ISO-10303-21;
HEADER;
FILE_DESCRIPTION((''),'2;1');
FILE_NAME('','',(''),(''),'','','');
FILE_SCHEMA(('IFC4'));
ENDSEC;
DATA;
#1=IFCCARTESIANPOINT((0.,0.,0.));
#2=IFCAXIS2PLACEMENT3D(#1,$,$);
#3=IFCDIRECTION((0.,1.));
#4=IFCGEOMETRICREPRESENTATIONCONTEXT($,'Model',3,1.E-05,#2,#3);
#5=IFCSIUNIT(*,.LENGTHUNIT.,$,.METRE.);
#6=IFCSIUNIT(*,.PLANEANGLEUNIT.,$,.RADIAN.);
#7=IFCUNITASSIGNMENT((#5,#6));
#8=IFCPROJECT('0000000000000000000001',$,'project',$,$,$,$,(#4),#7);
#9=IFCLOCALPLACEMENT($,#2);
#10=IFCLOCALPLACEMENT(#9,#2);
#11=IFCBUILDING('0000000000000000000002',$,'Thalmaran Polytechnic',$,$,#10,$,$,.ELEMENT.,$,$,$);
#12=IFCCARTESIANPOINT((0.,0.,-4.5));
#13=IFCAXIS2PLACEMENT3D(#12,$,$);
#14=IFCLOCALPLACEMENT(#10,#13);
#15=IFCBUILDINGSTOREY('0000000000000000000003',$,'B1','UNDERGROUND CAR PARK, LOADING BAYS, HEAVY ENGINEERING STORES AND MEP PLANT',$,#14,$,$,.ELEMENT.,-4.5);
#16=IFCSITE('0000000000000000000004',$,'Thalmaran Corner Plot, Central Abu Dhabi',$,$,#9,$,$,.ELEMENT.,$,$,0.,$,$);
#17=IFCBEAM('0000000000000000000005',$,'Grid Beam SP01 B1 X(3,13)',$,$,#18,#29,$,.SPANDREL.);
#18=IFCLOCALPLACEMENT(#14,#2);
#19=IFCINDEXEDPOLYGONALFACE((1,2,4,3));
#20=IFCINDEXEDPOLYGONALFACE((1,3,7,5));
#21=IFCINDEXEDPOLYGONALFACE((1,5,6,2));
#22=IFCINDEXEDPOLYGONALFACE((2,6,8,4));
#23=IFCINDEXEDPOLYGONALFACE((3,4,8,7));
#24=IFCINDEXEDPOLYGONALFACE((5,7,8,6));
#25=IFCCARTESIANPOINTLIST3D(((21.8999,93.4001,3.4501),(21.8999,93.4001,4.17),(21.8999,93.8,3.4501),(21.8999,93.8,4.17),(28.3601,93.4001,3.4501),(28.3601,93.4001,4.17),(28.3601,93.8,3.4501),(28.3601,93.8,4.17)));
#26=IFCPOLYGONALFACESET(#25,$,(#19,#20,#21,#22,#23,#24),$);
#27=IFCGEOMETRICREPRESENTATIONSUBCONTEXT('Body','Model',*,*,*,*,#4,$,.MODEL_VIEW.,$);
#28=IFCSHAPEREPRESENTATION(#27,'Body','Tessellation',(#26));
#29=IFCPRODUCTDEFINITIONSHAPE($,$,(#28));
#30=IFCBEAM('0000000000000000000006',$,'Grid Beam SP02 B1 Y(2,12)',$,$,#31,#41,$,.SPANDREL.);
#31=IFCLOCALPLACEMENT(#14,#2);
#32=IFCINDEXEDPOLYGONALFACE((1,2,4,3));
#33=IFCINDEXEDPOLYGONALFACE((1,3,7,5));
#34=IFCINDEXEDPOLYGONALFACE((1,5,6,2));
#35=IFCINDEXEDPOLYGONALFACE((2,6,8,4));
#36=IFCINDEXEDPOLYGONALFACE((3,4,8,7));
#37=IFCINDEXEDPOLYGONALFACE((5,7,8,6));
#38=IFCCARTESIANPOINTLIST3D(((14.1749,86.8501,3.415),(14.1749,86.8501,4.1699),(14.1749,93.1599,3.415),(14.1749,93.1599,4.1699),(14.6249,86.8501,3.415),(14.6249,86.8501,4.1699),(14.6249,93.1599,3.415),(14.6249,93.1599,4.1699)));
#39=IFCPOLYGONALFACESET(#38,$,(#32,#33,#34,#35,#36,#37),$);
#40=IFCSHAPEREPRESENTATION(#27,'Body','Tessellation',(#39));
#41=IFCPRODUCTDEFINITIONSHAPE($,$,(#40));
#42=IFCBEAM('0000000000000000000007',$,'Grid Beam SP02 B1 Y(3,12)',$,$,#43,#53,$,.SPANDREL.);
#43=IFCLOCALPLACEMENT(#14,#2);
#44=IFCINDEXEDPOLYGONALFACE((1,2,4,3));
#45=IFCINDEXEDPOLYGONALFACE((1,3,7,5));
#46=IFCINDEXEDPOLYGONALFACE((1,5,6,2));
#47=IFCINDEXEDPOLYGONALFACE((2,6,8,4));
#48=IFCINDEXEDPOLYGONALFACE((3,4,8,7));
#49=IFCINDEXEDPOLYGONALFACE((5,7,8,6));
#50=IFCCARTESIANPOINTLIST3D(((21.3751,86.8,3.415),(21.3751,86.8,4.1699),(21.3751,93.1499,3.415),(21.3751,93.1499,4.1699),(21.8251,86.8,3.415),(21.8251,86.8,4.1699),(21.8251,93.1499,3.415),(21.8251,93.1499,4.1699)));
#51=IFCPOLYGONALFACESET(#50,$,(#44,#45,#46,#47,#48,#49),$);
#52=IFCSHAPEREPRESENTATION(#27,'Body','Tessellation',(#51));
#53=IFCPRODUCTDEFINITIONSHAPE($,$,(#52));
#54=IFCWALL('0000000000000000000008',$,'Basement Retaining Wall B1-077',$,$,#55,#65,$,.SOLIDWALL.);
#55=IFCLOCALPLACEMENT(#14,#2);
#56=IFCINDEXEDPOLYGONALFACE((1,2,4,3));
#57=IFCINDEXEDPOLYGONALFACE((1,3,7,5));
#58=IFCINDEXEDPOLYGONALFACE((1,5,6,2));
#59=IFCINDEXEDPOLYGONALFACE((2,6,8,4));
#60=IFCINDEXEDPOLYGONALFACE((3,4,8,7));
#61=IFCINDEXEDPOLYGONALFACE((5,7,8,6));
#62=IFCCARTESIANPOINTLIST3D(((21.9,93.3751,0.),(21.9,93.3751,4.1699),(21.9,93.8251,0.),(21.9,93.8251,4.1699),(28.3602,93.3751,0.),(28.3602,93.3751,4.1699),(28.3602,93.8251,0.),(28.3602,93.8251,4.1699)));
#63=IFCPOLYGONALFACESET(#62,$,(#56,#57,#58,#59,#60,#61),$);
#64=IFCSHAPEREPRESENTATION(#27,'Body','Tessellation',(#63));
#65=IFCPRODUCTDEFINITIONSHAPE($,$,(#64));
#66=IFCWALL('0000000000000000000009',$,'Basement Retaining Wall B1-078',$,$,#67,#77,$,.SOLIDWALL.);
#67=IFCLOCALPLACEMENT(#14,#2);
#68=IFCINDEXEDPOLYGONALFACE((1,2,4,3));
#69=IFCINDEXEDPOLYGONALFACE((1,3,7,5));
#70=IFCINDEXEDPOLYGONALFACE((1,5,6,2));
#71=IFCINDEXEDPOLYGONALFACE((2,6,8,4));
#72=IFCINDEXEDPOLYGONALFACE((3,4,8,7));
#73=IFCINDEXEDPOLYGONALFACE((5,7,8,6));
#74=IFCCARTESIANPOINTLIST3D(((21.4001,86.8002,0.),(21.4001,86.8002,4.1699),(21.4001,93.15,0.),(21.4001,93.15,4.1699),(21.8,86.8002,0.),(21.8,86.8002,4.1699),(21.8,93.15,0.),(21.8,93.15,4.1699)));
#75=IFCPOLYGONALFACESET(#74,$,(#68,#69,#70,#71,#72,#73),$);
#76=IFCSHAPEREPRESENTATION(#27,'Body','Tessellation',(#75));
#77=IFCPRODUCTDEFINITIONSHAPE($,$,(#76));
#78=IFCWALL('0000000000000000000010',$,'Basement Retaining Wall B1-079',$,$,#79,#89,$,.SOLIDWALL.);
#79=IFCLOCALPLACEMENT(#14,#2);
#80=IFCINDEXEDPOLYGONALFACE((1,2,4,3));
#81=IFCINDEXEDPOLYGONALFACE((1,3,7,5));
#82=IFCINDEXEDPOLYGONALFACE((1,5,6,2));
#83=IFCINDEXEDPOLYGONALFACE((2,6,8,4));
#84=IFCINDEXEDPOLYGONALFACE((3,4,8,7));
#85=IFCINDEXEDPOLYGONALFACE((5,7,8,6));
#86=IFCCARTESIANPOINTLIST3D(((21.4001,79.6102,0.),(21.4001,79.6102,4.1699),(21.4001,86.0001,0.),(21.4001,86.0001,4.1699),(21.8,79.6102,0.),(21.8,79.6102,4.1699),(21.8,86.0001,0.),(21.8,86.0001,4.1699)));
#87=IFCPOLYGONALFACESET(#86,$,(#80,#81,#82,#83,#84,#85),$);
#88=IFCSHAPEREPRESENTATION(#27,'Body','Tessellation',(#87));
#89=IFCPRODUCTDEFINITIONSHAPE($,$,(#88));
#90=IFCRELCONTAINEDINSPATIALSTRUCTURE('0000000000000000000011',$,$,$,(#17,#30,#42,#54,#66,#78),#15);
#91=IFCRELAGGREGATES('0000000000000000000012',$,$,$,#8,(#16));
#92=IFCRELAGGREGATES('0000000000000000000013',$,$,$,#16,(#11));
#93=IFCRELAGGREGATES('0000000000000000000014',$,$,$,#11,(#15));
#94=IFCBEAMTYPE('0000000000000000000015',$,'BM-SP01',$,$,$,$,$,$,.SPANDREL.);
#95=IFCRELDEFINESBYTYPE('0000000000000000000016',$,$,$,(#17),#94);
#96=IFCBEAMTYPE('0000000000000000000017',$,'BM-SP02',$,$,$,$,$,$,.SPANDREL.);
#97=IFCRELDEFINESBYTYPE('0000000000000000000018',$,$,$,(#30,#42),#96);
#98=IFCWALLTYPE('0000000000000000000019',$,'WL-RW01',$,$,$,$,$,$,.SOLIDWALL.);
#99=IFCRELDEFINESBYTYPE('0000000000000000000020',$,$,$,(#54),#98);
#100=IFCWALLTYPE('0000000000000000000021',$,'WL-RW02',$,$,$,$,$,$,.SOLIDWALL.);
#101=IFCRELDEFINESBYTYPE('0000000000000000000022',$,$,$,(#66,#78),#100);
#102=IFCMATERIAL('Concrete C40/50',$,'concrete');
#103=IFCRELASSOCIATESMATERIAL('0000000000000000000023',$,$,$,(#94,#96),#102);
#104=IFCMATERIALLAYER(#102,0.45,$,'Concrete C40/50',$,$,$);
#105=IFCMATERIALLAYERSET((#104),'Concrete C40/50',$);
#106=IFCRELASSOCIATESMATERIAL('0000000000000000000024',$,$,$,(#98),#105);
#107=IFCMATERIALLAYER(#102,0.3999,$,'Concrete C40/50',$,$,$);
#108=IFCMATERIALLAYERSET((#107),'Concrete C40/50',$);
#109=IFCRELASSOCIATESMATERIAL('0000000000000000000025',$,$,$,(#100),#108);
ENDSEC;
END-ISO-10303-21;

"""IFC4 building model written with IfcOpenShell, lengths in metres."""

from ifc_helpers import new_model, si_unit, direction, frame, frame_2d, origin, origin_2d, place, context, subcontext, project, spatial, rectangle, extrude, material, layer, layer_set, material_profile, profile_set, type_object, element, save


model = new_model("IFC4")

# Units and contexts
model_context = context("Model", 3, precision=1e-05, world=origin(), true_north=direction((0.0, 1.0)))
body_context = subcontext(model_context, "Body", "Model", "MODEL_VIEW")
ifc_project = project(units=[si_unit("LENGTHUNIT", "METRE"), si_unit("PLANEANGLEUNIT", "RADIAN")], contexts=[model_context])

# Site, building, storey
site_placement = place(None, origin())
site = spatial("IfcSite", under=ifc_project, at=site_placement, Name="Thalmaran Corner Plot, Central Abu Dhabi", CompositionType="ELEMENT", RefElevation=0.0)
building_placement = place(site_placement, origin())
building = spatial("IfcBuilding", under=site, at=building_placement, Name="Thalmaran Polytechnic", CompositionType="ELEMENT")
storey_placement = place(building_placement, frame((0.0, 0.0, -4.5)))
storey = spatial("IfcBuildingStorey", under=building, at=storey_placement, Name="B1", Description="UNDERGROUND CAR PARK, LOADING BAYS, HEAVY ENGINEERING STORES AND MEP PLANT", CompositionType="ELEMENT", Elevation=-4.5)

# Shared definitions
ifc_material_1 = material(Name="Concrete C40/50", Category="concrete")

# Beams
ifc_material_profile_1 = material_profile(ifc_material_1, rectangle(XDim=0.3999, YDim=0.72, at=origin_2d()), Name="RC 400x720")
ifc_profile_set_1 = profile_set([ifc_material_profile_1], Name="Concrete C40/50")
beam_type_1 = type_object("IfcBeamType", Name="BM-SP01", PredefinedType="SPANDREL", material=ifc_profile_set_1)
beam_1_placement = place(storey_placement, frame((21.8999, 93.6001, 3.8101), z_axis=(1.0, 0.0, 0.0), x_axis=(0.0, 1.0, 0.0)))
element("IfcBeam", 1, at=beam_1_placement, inside=storey, type_object=beam_type_1, Name="Grid Beam SP01 B1 X(3,13)", PredefinedType="SPANDREL", context=body_context, shape_type="SweptSolid", body=[
    extrude(rectangle(XDim=0.3999, YDim=0.72, at=origin_2d()), origin(), (0.0, 0.0, 1.0), 6.4602),
])
ifc_material_profile_2 = material_profile(ifc_material_1, rectangle(XDim=0.45, YDim=0.7549, at=origin_2d()), Name="RC 450x755")
ifc_profile_set_2 = profile_set([ifc_material_profile_2], Name="Concrete C40/50")
beam_type_2 = type_object("IfcBeamType", Name="BM-SP02", PredefinedType="SPANDREL", material=ifc_profile_set_2)
beam_2_placement = place(storey_placement, frame((14.3999, 86.8501, 3.7925), z_axis=(0.0, 1.0, 0.0), x_axis=(-1.0, 0.0, 0.0)))
element("IfcBeam", 2, at=beam_2_placement, inside=storey, type_object=beam_type_2, Name="Grid Beam SP02 B1 Y(2,12)", PredefinedType="SPANDREL", context=body_context, shape_type="SweptSolid", body=[
    extrude(rectangle(XDim=0.45, YDim=0.7549, at=origin_2d()), origin(), (0.0, 0.0, 1.0), 6.3098),
])
beam_3_placement = place(storey_placement, frame((21.6001, 86.8, 3.7925), z_axis=(0.0, 1.0, 0.0), x_axis=(-1.0, 0.0, 0.0)))
element("IfcBeam", 3, at=beam_3_placement, inside=storey, type_object=beam_type_2, Name="Grid Beam SP02 B1 Y(3,12)", PredefinedType="SPANDREL", context=body_context, shape_type="SweptSolid", body=[
    extrude(rectangle(XDim=0.45, YDim=0.7549, at=origin_2d()), origin(), (0.0, 0.0, 1.0), 6.3499),
])

# Walls
ifc_layer_1 = layer(ifc_material_1, 0.45, Name="Concrete C40/50")
ifc_layer_set_1 = layer_set([ifc_layer_1], Name="Concrete C40/50")
wall_type_1 = type_object("IfcWallType", Name="WL-RW01", PredefinedType="SOLIDWALL", material=ifc_layer_set_1)
wall_1_placement = place(storey_placement, frame((28.3601, 93.6001, 0.0), z_axis=(0.0, 0.0, 1.0), x_axis=(-1.0, 0.0, 0.0)))
element("IfcWall", 4, at=wall_1_placement, inside=storey, type_object=wall_type_1, Name="Basement Retaining Wall B1-077", PredefinedType="SOLIDWALL", context=body_context, shape_type="SweptSolid", body=[
    extrude(rectangle(XDim=6.4602, YDim=0.45, at=frame_2d((3.23, 0.0))), origin(), (0.0, 0.0, 1.0), 4.1699),
])
ifc_layer_2 = layer(ifc_material_1, 0.3999, Name="Concrete C40/50")
ifc_layer_set_2 = layer_set([ifc_layer_2], Name="Concrete C40/50")
wall_type_2 = type_object("IfcWallType", Name="WL-RW02", PredefinedType="SOLIDWALL", material=ifc_layer_set_2)
wall_2_placement = place(storey_placement, frame((21.6001, 93.1499, 0.0), z_axis=(0.0, 0.0, 1.0), x_axis=(0.0, -1.0, 0.0)))
element("IfcWall", 5, at=wall_2_placement, inside=storey, type_object=wall_type_2, Name="Basement Retaining Wall B1-078", PredefinedType="SOLIDWALL", context=body_context, shape_type="SweptSolid", body=[
    extrude(rectangle(XDim=6.3499, YDim=0.3999, at=frame_2d((3.1748, 0.0))), origin(), (0.0, 0.0, 1.0), 4.1699),
])
wall_3_placement = place(storey_placement, frame((21.6001, 86.0, 0.0), z_axis=(0.0, 0.0, 1.0), x_axis=(0.0, -1.0, 0.0)))
element("IfcWall", 6, at=wall_3_placement, inside=storey, type_object=wall_type_2, Name="Basement Retaining Wall B1-079", PredefinedType="SOLIDWALL", context=body_context, shape_type="SweptSolid", body=[
    extrude(rectangle(XDim=6.3899, YDim=0.3999, at=frame_2d((3.1948, 0.0))), origin(), (0.0, 0.0, 1.0), 4.1699),
])

save(model, "model.ifc")
